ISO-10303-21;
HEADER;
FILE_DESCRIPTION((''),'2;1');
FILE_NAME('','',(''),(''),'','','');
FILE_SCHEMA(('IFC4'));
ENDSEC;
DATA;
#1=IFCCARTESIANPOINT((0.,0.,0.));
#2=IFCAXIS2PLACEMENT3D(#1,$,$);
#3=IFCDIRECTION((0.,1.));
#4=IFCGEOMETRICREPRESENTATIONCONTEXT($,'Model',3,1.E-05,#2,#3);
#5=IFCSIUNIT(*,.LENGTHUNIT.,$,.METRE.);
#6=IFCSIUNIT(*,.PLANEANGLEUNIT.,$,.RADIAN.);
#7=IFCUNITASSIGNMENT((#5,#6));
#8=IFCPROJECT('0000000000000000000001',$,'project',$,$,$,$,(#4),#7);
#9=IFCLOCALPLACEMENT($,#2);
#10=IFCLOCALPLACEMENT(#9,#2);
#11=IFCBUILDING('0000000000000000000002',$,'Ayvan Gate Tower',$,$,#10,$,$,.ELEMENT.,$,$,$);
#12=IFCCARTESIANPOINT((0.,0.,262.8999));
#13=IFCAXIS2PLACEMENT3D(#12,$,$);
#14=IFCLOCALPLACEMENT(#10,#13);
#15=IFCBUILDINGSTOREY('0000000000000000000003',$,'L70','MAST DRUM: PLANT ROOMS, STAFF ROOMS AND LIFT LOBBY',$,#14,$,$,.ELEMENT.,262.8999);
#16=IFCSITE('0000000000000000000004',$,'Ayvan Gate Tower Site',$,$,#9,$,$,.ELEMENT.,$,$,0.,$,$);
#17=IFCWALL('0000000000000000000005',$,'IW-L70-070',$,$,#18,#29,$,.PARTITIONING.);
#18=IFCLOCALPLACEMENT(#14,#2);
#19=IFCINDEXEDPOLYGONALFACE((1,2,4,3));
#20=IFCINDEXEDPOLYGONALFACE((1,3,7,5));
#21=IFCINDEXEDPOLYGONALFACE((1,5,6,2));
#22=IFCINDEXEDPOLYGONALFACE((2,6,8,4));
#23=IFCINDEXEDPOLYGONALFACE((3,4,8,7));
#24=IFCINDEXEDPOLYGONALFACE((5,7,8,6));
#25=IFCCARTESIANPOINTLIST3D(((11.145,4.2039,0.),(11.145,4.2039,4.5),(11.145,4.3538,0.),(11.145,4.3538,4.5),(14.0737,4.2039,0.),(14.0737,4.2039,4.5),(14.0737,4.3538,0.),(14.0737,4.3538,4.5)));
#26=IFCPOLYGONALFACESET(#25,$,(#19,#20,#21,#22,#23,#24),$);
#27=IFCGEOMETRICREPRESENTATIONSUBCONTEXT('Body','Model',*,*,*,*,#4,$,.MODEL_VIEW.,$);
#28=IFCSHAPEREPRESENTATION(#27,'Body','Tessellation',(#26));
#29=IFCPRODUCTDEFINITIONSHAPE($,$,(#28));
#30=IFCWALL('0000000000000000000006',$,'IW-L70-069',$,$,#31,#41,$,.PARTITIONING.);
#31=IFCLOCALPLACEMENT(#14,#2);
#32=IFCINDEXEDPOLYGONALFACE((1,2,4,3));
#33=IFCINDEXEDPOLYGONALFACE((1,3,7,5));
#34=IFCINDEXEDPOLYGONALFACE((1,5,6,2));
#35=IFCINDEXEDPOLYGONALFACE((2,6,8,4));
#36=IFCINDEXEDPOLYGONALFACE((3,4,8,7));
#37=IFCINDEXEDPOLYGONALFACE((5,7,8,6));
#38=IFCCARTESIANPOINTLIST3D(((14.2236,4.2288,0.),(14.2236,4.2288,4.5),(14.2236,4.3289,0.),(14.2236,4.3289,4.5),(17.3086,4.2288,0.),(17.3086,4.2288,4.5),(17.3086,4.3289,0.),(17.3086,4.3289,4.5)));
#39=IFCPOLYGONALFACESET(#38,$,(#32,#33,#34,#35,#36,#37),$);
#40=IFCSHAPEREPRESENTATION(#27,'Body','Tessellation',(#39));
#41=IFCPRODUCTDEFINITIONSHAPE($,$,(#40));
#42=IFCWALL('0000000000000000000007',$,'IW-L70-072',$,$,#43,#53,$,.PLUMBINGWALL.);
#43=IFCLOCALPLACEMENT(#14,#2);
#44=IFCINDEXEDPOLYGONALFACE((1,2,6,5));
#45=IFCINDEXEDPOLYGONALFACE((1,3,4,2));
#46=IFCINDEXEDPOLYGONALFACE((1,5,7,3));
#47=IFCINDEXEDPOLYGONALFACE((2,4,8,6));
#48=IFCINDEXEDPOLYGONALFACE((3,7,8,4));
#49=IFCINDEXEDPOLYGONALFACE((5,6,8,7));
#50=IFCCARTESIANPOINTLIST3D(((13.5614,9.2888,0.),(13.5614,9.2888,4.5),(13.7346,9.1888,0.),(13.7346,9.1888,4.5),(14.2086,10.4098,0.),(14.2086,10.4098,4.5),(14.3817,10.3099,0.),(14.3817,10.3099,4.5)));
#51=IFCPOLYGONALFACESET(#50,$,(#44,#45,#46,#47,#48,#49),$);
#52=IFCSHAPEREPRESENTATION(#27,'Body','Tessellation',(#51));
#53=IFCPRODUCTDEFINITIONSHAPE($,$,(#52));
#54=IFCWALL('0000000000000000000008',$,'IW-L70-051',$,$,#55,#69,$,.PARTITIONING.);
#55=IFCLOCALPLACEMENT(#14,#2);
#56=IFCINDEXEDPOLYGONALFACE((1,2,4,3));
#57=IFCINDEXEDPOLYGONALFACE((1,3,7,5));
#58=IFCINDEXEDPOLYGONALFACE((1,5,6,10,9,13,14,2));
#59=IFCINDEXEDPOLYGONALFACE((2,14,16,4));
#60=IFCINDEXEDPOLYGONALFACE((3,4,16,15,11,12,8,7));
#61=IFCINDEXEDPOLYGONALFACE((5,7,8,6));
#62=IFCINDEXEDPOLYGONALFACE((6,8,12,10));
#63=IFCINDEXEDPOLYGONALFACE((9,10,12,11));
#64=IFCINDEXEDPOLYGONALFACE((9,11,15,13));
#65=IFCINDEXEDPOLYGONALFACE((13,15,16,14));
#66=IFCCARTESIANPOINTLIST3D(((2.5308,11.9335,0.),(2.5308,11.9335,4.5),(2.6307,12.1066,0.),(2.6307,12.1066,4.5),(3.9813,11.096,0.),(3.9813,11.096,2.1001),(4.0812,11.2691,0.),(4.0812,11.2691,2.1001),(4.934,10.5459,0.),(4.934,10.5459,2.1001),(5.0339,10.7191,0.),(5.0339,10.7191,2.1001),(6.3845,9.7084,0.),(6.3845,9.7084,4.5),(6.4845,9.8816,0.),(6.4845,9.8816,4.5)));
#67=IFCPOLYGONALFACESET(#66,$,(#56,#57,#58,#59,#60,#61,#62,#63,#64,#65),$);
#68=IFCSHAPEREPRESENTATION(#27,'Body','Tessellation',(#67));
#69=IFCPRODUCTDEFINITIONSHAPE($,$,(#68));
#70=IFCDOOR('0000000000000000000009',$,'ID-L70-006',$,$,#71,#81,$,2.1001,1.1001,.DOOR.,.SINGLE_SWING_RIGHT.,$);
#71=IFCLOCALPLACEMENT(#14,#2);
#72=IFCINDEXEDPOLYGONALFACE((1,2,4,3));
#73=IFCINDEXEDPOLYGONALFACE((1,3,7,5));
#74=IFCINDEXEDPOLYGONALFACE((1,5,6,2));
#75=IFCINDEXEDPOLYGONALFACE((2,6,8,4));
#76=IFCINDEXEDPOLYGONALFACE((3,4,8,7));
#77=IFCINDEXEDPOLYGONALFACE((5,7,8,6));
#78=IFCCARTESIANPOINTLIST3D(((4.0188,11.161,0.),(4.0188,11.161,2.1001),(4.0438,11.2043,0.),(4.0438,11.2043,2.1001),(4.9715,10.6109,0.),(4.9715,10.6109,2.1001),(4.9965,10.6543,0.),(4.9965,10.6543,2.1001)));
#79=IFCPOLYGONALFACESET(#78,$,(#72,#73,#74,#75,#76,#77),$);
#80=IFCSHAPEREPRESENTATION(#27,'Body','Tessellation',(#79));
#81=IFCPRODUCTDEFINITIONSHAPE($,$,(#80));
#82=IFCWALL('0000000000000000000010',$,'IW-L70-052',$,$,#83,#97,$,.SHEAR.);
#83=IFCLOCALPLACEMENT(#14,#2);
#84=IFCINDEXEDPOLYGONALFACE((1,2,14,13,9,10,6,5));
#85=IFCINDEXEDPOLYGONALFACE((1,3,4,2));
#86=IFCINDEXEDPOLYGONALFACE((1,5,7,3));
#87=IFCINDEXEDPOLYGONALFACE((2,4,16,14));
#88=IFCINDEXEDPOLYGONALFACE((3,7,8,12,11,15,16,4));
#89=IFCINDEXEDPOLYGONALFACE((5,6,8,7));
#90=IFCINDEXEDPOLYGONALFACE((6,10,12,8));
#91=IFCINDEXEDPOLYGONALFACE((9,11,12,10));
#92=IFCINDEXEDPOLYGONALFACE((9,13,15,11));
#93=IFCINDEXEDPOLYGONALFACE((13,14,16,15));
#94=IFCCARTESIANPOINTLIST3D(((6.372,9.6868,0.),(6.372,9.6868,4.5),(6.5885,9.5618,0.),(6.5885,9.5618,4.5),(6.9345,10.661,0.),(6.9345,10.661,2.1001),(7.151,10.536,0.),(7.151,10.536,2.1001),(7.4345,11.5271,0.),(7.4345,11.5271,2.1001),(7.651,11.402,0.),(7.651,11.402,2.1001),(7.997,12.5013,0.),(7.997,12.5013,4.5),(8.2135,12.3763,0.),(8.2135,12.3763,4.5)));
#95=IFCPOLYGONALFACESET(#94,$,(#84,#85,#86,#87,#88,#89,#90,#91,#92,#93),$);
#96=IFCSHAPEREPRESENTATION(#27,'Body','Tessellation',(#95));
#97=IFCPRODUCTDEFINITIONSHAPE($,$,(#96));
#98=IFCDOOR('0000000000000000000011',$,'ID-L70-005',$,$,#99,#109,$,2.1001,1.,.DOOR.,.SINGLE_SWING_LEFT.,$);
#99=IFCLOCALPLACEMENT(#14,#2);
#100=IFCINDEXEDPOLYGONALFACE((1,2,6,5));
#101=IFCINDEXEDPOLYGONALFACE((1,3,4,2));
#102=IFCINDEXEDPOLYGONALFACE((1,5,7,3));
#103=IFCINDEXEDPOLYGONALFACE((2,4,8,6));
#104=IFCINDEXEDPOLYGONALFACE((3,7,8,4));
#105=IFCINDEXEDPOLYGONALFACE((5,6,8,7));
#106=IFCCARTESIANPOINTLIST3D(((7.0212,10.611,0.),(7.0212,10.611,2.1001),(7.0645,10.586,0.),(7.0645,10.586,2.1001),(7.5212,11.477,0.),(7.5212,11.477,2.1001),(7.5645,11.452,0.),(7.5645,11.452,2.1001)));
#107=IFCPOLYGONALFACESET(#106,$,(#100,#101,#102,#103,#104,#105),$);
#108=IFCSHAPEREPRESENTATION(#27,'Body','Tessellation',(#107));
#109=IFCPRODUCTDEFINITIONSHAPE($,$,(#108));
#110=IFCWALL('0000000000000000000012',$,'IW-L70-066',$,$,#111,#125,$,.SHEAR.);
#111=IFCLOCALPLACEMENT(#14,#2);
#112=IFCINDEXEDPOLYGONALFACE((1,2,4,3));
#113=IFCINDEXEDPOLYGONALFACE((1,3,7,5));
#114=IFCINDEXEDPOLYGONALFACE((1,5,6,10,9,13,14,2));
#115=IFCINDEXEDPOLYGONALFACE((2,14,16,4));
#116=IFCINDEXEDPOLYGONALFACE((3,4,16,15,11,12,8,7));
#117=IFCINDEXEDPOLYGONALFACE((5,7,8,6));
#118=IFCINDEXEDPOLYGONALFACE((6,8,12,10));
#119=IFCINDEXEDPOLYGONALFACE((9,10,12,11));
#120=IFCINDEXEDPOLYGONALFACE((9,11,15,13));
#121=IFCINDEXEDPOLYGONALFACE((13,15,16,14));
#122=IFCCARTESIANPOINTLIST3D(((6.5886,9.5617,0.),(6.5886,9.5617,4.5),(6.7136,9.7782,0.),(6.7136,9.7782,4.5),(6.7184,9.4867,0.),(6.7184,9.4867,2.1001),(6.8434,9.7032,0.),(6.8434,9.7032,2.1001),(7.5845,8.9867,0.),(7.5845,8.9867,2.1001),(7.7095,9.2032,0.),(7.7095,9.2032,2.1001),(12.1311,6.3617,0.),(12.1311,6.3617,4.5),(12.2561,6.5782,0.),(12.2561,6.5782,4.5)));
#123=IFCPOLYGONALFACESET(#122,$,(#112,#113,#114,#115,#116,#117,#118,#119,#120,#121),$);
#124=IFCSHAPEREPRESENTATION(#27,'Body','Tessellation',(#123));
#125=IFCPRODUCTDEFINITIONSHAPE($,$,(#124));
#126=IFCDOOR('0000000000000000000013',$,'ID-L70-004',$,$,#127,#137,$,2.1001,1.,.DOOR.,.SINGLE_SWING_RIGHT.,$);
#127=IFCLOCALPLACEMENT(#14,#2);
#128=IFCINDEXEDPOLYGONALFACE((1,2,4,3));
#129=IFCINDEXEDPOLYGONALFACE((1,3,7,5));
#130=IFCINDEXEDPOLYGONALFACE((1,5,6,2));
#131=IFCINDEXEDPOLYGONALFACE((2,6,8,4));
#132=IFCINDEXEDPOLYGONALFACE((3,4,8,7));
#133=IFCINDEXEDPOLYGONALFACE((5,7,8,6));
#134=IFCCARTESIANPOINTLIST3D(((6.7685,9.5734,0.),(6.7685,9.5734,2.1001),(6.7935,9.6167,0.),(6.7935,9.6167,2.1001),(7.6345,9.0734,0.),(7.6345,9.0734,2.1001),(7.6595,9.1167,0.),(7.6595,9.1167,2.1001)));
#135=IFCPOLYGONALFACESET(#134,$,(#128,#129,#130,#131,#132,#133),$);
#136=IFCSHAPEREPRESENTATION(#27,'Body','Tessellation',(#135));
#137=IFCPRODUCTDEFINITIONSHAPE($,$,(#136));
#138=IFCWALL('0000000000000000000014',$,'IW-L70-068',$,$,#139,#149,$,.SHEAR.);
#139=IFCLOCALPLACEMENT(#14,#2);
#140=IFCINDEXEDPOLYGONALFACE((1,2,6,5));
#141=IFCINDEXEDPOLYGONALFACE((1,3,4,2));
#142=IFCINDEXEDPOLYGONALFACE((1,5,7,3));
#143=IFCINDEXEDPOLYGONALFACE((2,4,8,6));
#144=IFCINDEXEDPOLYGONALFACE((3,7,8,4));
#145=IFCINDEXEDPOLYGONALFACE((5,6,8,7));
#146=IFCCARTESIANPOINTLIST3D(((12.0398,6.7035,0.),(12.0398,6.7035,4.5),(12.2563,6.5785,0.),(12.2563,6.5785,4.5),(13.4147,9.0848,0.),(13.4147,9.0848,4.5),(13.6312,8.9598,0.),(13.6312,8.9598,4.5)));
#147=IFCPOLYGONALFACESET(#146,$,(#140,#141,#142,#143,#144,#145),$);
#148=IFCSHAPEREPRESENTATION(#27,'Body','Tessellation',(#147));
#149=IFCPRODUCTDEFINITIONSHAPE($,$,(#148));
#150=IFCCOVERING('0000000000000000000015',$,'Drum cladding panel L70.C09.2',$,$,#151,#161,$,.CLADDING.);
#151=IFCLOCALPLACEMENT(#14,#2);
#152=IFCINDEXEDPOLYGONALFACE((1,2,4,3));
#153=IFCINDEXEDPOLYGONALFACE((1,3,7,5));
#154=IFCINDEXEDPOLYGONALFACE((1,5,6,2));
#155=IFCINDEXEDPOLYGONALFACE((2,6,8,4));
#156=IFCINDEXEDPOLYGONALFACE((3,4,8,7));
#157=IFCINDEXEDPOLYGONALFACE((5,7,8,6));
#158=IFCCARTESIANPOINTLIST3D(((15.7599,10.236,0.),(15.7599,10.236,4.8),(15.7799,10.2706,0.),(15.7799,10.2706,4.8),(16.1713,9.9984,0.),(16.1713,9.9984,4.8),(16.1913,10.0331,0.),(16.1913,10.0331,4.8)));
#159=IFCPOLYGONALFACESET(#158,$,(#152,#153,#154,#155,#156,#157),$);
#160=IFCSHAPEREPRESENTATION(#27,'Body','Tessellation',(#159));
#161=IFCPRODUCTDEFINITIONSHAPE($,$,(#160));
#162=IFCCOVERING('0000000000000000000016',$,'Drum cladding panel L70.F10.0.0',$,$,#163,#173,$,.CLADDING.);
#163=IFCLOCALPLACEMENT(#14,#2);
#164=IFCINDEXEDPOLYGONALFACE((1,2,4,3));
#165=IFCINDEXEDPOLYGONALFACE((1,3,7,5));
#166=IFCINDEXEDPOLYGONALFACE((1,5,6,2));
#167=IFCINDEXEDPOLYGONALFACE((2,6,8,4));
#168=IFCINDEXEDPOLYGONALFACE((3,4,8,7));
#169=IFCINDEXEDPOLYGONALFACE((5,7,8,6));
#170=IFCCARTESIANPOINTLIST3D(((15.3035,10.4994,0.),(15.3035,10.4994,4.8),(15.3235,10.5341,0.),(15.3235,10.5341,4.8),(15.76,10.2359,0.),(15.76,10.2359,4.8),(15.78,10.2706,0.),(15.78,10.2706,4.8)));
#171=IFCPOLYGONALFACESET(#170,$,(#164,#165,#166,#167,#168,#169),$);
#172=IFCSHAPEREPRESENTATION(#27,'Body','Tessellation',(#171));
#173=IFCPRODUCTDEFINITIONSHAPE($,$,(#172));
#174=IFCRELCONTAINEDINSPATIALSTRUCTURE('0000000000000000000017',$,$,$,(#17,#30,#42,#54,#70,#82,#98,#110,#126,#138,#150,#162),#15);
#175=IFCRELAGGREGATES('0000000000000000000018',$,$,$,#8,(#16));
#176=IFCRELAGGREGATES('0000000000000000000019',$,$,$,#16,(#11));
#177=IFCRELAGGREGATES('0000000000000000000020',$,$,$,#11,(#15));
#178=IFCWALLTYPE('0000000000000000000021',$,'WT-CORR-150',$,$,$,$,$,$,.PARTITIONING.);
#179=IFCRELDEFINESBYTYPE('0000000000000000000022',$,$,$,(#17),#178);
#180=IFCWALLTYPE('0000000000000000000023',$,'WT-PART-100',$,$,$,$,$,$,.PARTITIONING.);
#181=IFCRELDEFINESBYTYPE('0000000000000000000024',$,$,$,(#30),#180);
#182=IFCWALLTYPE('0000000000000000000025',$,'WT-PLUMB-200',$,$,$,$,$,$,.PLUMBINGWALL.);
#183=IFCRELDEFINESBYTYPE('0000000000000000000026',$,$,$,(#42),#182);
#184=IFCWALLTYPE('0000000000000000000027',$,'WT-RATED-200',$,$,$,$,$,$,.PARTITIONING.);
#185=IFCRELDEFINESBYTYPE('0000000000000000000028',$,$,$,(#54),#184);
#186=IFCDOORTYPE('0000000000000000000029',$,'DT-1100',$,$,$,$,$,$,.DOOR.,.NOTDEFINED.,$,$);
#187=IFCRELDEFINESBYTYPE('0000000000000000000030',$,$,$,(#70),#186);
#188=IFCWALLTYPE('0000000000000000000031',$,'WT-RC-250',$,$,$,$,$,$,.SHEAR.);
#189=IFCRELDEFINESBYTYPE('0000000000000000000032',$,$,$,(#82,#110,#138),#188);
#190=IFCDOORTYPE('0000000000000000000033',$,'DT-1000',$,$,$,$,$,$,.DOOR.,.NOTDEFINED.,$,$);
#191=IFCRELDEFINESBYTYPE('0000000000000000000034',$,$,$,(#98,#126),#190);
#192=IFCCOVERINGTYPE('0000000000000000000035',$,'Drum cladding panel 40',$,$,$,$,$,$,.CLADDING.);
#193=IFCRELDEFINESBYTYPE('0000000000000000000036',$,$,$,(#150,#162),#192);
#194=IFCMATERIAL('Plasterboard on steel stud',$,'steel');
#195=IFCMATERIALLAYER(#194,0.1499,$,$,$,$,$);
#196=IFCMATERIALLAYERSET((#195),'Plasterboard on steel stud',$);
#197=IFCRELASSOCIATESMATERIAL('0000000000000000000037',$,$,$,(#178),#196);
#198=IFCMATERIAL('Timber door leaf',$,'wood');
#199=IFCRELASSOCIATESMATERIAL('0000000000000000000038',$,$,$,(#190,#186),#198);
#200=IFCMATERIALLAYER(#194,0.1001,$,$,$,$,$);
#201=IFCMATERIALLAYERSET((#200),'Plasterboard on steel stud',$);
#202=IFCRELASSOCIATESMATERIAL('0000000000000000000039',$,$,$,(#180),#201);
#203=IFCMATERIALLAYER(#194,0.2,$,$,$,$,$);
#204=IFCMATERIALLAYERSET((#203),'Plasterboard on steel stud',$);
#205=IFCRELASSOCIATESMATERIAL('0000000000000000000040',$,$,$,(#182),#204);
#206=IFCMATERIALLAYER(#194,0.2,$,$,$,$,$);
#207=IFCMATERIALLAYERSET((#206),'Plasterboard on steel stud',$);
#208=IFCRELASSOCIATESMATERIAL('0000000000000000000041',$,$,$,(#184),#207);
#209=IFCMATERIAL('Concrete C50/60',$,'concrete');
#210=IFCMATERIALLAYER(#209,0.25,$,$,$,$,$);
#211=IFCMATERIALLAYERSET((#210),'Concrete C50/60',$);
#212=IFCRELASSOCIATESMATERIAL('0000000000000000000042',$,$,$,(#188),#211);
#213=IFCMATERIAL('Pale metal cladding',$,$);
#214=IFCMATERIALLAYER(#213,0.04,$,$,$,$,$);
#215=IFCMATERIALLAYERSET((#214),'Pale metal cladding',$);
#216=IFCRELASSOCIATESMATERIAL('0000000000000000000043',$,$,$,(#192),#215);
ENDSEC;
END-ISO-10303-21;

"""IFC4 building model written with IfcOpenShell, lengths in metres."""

from ifc_helpers import new_model, si_unit, direction, frame, frame_2d, origin, origin_2d, place, context, subcontext, project, spatial, rectangle, extrude, material, layer, layer_set, type_object, element, fill, save


model = new_model("IFC4")

# Units and contexts
model_context = context("Model", 3, precision=1e-05, world=origin(), true_north=direction((0.0, 1.0)))
body_context = subcontext(model_context, "Body", "Model", "MODEL_VIEW")
ifc_project = project(units=[si_unit("LENGTHUNIT", "METRE"), si_unit("PLANEANGLEUNIT", "RADIAN")], contexts=[model_context])

# Site, building, storey
site_placement = place(None, origin())
site = spatial("IfcSite", under=ifc_project, at=site_placement, Name="Ayvan Gate Tower Site", CompositionType="ELEMENT", RefElevation=0.0)
building_placement = place(site_placement, origin())
building = spatial("IfcBuilding", under=site, at=building_placement, Name="Ayvan Gate Tower", CompositionType="ELEMENT")
storey_placement = place(building_placement, frame((0.0, 0.0, 262.8999)))
storey = spatial("IfcBuildingStorey", under=building, at=storey_placement, Name="L70", Description="MAST DRUM: PLANT ROOMS, STAFF ROOMS AND LIFT LOBBY", CompositionType="ELEMENT", Elevation=262.8999)

# Shared definitions
ifc_material_1 = material(Name="Timber door leaf", Category="wood")

# Shared definitions
ifc_material_2 = material(Name="Plasterboard on steel stud", Category="steel")
ifc_layer_1 = layer(ifc_material_2, 0.1499)
ifc_layer_set_1 = layer_set([ifc_layer_1], Name="Plasterboard on steel stud")
wall_type_1 = type_object("IfcWallType", Name="WT-CORR-150", PredefinedType="PARTITIONING", material=ifc_layer_set_1)
door_type_1 = type_object("IfcDoorType", Name="DT-1000", OperationType="NOTDEFINED", PredefinedType="DOOR", material=ifc_material_1)

# Walls
wall_1_placement = place(storey_placement, frame((14.0737, 4.2788, 0.0), z_axis=(0.0, 0.0, 1.0), x_axis=(-1.0, 0.0, 0.0)))
element("IfcWall", 1, at=wall_1_placement, inside=storey, type_object=wall_type_1, Name="IW-L70-070", PredefinedType="PARTITIONING", context=body_context, shape_type="SweptSolid", body=[
    extrude(rectangle(XDim=2.9287, YDim=0.1499, at=frame_2d((1.4644, 0.0))), origin(), (0.0, 0.0, 1.0), 4.5),
])
ifc_layer_2 = layer(ifc_material_2, 0.1001)
ifc_layer_set_2 = layer_set([ifc_layer_2], Name="Plasterboard on steel stud")
wall_type_2 = type_object("IfcWallType", Name="WT-PART-100", PredefinedType="PARTITIONING", material=ifc_layer_set_2)
wall_2_placement = place(storey_placement, frame((14.2236, 4.2788, 0.0), z_axis=(0.0, 0.0, 1.0), x_axis=(1.0, 0.0, 0.0)))
element("IfcWall", 2, at=wall_2_placement, inside=storey, type_object=wall_type_2, Name="IW-L70-069", PredefinedType="PARTITIONING", context=body_context, shape_type="SweptSolid", body=[
    extrude(rectangle(XDim=3.085, YDim=0.1001, at=frame_2d((1.5425, 0.0))), origin(), (0.0, 0.0, 1.0), 4.5),
])
ifc_layer_3 = layer(ifc_material_2, 0.2)
ifc_layer_set_3 = layer_set([ifc_layer_3], Name="Plasterboard on steel stud")
wall_type_3 = type_object("IfcWallType", Name="WT-PLUMB-200", PredefinedType="PLUMBINGWALL", material=ifc_layer_set_3)
wall_3_placement = place(storey_placement, frame((14.2952, 10.3599, 0.0), z_axis=(0.0, 0.0, 1.0), x_axis=(-0.499973, -0.866041, 0.0)))
element("IfcWall", 3, at=wall_3_placement, inside=storey, type_object=wall_type_3, Name="IW-L70-072", PredefinedType="PLUMBINGWALL", context=body_context, shape_type="SweptSolid", body=[
    extrude(rectangle(XDim=1.2944, YDim=0.2, at=frame_2d((0.6472, 0.0))), origin(), (0.0, 0.0, 1.0), 4.5),
])

# Walls, openings, doors
ifc_layer_4 = layer(ifc_material_2, 0.2)
ifc_layer_set_4 = layer_set([ifc_layer_4], Name="Plasterboard on steel stud")
wall_type_4 = type_object("IfcWallType", Name="WT-RATED-200", PredefinedType="PARTITIONING", material=ifc_layer_set_4)
wall_4_placement = place(storey_placement, frame((6.4346, 9.7949, 0.0), z_axis=(0.0, 0.0, 1.0), x_axis=(-0.866013, 0.500022, 0.0)))
wall_4 = element("IfcWall", 4, at=wall_4_placement, inside=storey, type_object=wall_type_4, Name="IW-L70-051", PredefinedType="PARTITIONING", context=body_context, shape_type="SweptSolid", body=[
    extrude(rectangle(XDim=4.45, YDim=0.2, at=frame_2d((2.2251, 0.0))), origin(), (0.0, 0.0, 1.0), 4.5),
])
opening_1_placement = place(wall_4_placement, frame((1.675, 0.0, 0.0)))
opening_1 = element("IfcOpeningElement", 5, at=opening_1_placement, cuts=wall_4, PredefinedType="OPENING", context=body_context, shape_type="SweptSolid", body=[
    extrude(rectangle(XDim=1.1001, YDim=2.1001, at=frame_2d((0.55, 1.05))), frame((0.0, 0.1099, 0.0), z_axis=(0.0, -1.0, 0.0), x_axis=(1.0, 0.0, 0.0)), (0.0, 0.0, 1.0), 0.22),
])
door_type_2 = type_object("IfcDoorType", Name="DT-1100", OperationType="NOTDEFINED", PredefinedType="DOOR", material=ifc_material_1)
door_1_placement = place(opening_1_placement, origin())
door_1 = element("IfcDoor", 6, at=door_1_placement, inside=storey, type_object=door_type_2, Name="ID-L70-006", OperationType="SINGLE_SWING_RIGHT", OverallHeight=2.1001, OverallWidth=1.1001, PredefinedType="DOOR", context=body_context, shape_type="SweptSolid", body=[
    extrude(rectangle(XDim=1.1001, YDim=2.1001, at=frame_2d((0.55, 1.05))), frame((0.0, 0.0249, 0.0), z_axis=(0.0, -1.0, 0.0), x_axis=(1.0, 0.0, 0.0)), (0.0, 0.0, 1.0), 0.05),
])
fill(opening_1, door_1)
ifc_material_3 = material(Name="Concrete C50/60", Category="concrete")
ifc_layer_5 = layer(ifc_material_3, 0.25)
ifc_layer_set_5 = layer_set([ifc_layer_5], Name="Concrete C50/60")
wall_type_5 = type_object("IfcWallType", Name="WT-RC-250", PredefinedType="SHEAR", material=ifc_layer_set_5)
wall_5_placement = place(storey_placement, frame((6.4802, 9.6243, 0.0), z_axis=(0.0, 0.0, 1.0), x_axis=(0.500017, 0.866015, 0.0)))
wall_5 = element("IfcWall", 7, at=wall_5_placement, inside=storey, type_object=wall_type_5, Name="IW-L70-052", PredefinedType="SHEAR", context=body_context, shape_type="SweptSolid", body=[
    extrude(rectangle(XDim=3.25, YDim=0.25, at=frame_2d((1.625, 0.0))), origin(), (0.0, 0.0, 1.0), 4.5),
])
opening_2_placement = place(wall_5_placement, frame((1.125, 0.0, 0.0)))
opening_2 = element("IfcOpeningElement", 8, at=opening_2_placement, cuts=wall_5, PredefinedType="OPENING", context=body_context, shape_type="SweptSolid", body=[
    extrude(rectangle(XDim=1.0, YDim=2.1001, at=frame_2d((0.5, 1.05))), frame((0.0, 0.135, 0.0), z_axis=(0.0, -1.0, 0.0), x_axis=(1.0, 0.0, 0.0)), (0.0, 0.0, 1.0), 0.27),
])
door_2_placement = place(opening_2_placement, origin())
door_2 = element("IfcDoor", 9, at=door_2_placement, inside=storey, type_object=door_type_1, Name="ID-L70-005", OperationType="SINGLE_SWING_LEFT", OverallHeight=2.1001, OverallWidth=1.0, PredefinedType="DOOR", context=body_context, shape_type="SweptSolid", body=[
    extrude(rectangle(XDim=1.0, YDim=2.1001, at=frame_2d((0.5, 1.05))), frame((0.0, 0.0249, 0.0), z_axis=(0.0, -1.0, 0.0), x_axis=(1.0, 0.0, 0.0)), (0.0, 0.0, 1.0), 0.05),
])
fill(opening_2, door_2)
wall_6_placement = place(storey_placement, frame((12.1936, 6.47, 0.0), z_axis=(0.0, 0.0, 1.0), x_axis=(-0.866025, 0.5, 0.0)))
wall_6 = element("IfcWall", 10, at=wall_6_placement, inside=storey, type_object=wall_type_5, Name="IW-L70-066", PredefinedType="SHEAR", context=body_context, shape_type="SweptSolid", body=[
    extrude(rectangle(XDim=6.3999, YDim=0.25, at=frame_2d((3.2, 0.0))), origin(), (0.0, 0.0, 1.0), 4.5),
])
opening_3_placement = place(wall_6_placement, frame((5.25, 0.0, 0.0)))
opening_3 = element("IfcOpeningElement", 11, at=opening_3_placement, cuts=wall_6, PredefinedType="OPENING", context=body_context, shape_type="SweptSolid", body=[
    extrude(rectangle(XDim=1.0, YDim=2.1001, at=frame_2d((0.5, 1.05))), frame((0.0, 0.135, 0.0), z_axis=(0.0, -1.0, 0.0), x_axis=(1.0, 0.0, 0.0)), (0.0, 0.0, 1.0), 0.27),
])
door_3_placement = place(opening_3_placement, origin())
door_3 = element("IfcDoor", 12, at=door_3_placement, inside=storey, type_object=door_type_1, Name="ID-L70-004", OperationType="SINGLE_SWING_RIGHT", OverallHeight=2.1001, OverallWidth=1.0, PredefinedType="DOOR", context=body_context, shape_type="SweptSolid", body=[
    extrude(rectangle(XDim=1.0, YDim=2.1001, at=frame_2d((0.5, 1.05))), frame((0.0, 0.0249, 0.0), z_axis=(0.0, -1.0, 0.0), x_axis=(1.0, 0.0, 0.0)), (0.0, 0.0, 1.0), 0.05),
])
fill(opening_3, door_3)

# Wall
wall_7_placement = place(storey_placement, frame((12.1479, 6.6409, 0.0), z_axis=(0.0, 0.0, 1.0), x_axis=(0.500035, 0.866005, 0.0)))
element("IfcWall", 13, at=wall_7_placement, inside=storey, type_object=wall_type_5, Name="IW-L70-068", PredefinedType="SHEAR", context=body_context, shape_type="SweptSolid", body=[
    extrude(rectangle(XDim=2.7498, YDim=0.25, at=frame_2d((1.375, 0.0))), origin(), (0.0, 0.0, 1.0), 4.5),
])

# Coverings
ifc_material_4 = material(Name="Pale metal cladding")
ifc_layer_6 = layer(ifc_material_4, 0.04)
ifc_layer_set_6 = layer_set([ifc_layer_6], Name="Pale metal cladding")
covering_type = type_object("IfcCoveringType", Name="Drum cladding panel 40", PredefinedType="CLADDING", material=ifc_layer_set_6)
covering_placement = place(storey_placement, frame((15.9756, 10.1345, 0.0), z_axis=(0.0, 0.0, 1.0), x_axis=(-0.866025, 0.5, 0.0)))
element("IfcCovering", 14, at=covering_placement, inside=storey, type_object=covering_type, Name="Drum cladding panel L70.C09.2", PredefinedType="CLADDING", context=body_context, shape_type="SweptSolid", body=[
    extrude(rectangle(XDim=0.4751, YDim=0.04, at=origin_2d()), origin(), (0.0, 0.0, 1.0), 4.8),
])
for number, where, z_axis, x_axis, name in (
    (15, (15.5417, 10.385, 0.0), (0.0, 0.0, 1.0), (-0.866025, 0.5, 0.0), "Drum cladding panel L70.F10.0.0"),
):
    element("IfcCovering", number, at=place(storey_placement, frame(where, z_axis=z_axis, x_axis=x_axis)), inside=storey, type_object=covering_type, Name=name, PredefinedType="CLADDING", context=body_context, shape_type="SweptSolid", body=[
        extrude(rectangle(XDim=0.5271, YDim=0.04, at=origin_2d()), origin(), (0.0, 0.0, 1.0), 4.8),
    ])

save(model, "model.ifc")
